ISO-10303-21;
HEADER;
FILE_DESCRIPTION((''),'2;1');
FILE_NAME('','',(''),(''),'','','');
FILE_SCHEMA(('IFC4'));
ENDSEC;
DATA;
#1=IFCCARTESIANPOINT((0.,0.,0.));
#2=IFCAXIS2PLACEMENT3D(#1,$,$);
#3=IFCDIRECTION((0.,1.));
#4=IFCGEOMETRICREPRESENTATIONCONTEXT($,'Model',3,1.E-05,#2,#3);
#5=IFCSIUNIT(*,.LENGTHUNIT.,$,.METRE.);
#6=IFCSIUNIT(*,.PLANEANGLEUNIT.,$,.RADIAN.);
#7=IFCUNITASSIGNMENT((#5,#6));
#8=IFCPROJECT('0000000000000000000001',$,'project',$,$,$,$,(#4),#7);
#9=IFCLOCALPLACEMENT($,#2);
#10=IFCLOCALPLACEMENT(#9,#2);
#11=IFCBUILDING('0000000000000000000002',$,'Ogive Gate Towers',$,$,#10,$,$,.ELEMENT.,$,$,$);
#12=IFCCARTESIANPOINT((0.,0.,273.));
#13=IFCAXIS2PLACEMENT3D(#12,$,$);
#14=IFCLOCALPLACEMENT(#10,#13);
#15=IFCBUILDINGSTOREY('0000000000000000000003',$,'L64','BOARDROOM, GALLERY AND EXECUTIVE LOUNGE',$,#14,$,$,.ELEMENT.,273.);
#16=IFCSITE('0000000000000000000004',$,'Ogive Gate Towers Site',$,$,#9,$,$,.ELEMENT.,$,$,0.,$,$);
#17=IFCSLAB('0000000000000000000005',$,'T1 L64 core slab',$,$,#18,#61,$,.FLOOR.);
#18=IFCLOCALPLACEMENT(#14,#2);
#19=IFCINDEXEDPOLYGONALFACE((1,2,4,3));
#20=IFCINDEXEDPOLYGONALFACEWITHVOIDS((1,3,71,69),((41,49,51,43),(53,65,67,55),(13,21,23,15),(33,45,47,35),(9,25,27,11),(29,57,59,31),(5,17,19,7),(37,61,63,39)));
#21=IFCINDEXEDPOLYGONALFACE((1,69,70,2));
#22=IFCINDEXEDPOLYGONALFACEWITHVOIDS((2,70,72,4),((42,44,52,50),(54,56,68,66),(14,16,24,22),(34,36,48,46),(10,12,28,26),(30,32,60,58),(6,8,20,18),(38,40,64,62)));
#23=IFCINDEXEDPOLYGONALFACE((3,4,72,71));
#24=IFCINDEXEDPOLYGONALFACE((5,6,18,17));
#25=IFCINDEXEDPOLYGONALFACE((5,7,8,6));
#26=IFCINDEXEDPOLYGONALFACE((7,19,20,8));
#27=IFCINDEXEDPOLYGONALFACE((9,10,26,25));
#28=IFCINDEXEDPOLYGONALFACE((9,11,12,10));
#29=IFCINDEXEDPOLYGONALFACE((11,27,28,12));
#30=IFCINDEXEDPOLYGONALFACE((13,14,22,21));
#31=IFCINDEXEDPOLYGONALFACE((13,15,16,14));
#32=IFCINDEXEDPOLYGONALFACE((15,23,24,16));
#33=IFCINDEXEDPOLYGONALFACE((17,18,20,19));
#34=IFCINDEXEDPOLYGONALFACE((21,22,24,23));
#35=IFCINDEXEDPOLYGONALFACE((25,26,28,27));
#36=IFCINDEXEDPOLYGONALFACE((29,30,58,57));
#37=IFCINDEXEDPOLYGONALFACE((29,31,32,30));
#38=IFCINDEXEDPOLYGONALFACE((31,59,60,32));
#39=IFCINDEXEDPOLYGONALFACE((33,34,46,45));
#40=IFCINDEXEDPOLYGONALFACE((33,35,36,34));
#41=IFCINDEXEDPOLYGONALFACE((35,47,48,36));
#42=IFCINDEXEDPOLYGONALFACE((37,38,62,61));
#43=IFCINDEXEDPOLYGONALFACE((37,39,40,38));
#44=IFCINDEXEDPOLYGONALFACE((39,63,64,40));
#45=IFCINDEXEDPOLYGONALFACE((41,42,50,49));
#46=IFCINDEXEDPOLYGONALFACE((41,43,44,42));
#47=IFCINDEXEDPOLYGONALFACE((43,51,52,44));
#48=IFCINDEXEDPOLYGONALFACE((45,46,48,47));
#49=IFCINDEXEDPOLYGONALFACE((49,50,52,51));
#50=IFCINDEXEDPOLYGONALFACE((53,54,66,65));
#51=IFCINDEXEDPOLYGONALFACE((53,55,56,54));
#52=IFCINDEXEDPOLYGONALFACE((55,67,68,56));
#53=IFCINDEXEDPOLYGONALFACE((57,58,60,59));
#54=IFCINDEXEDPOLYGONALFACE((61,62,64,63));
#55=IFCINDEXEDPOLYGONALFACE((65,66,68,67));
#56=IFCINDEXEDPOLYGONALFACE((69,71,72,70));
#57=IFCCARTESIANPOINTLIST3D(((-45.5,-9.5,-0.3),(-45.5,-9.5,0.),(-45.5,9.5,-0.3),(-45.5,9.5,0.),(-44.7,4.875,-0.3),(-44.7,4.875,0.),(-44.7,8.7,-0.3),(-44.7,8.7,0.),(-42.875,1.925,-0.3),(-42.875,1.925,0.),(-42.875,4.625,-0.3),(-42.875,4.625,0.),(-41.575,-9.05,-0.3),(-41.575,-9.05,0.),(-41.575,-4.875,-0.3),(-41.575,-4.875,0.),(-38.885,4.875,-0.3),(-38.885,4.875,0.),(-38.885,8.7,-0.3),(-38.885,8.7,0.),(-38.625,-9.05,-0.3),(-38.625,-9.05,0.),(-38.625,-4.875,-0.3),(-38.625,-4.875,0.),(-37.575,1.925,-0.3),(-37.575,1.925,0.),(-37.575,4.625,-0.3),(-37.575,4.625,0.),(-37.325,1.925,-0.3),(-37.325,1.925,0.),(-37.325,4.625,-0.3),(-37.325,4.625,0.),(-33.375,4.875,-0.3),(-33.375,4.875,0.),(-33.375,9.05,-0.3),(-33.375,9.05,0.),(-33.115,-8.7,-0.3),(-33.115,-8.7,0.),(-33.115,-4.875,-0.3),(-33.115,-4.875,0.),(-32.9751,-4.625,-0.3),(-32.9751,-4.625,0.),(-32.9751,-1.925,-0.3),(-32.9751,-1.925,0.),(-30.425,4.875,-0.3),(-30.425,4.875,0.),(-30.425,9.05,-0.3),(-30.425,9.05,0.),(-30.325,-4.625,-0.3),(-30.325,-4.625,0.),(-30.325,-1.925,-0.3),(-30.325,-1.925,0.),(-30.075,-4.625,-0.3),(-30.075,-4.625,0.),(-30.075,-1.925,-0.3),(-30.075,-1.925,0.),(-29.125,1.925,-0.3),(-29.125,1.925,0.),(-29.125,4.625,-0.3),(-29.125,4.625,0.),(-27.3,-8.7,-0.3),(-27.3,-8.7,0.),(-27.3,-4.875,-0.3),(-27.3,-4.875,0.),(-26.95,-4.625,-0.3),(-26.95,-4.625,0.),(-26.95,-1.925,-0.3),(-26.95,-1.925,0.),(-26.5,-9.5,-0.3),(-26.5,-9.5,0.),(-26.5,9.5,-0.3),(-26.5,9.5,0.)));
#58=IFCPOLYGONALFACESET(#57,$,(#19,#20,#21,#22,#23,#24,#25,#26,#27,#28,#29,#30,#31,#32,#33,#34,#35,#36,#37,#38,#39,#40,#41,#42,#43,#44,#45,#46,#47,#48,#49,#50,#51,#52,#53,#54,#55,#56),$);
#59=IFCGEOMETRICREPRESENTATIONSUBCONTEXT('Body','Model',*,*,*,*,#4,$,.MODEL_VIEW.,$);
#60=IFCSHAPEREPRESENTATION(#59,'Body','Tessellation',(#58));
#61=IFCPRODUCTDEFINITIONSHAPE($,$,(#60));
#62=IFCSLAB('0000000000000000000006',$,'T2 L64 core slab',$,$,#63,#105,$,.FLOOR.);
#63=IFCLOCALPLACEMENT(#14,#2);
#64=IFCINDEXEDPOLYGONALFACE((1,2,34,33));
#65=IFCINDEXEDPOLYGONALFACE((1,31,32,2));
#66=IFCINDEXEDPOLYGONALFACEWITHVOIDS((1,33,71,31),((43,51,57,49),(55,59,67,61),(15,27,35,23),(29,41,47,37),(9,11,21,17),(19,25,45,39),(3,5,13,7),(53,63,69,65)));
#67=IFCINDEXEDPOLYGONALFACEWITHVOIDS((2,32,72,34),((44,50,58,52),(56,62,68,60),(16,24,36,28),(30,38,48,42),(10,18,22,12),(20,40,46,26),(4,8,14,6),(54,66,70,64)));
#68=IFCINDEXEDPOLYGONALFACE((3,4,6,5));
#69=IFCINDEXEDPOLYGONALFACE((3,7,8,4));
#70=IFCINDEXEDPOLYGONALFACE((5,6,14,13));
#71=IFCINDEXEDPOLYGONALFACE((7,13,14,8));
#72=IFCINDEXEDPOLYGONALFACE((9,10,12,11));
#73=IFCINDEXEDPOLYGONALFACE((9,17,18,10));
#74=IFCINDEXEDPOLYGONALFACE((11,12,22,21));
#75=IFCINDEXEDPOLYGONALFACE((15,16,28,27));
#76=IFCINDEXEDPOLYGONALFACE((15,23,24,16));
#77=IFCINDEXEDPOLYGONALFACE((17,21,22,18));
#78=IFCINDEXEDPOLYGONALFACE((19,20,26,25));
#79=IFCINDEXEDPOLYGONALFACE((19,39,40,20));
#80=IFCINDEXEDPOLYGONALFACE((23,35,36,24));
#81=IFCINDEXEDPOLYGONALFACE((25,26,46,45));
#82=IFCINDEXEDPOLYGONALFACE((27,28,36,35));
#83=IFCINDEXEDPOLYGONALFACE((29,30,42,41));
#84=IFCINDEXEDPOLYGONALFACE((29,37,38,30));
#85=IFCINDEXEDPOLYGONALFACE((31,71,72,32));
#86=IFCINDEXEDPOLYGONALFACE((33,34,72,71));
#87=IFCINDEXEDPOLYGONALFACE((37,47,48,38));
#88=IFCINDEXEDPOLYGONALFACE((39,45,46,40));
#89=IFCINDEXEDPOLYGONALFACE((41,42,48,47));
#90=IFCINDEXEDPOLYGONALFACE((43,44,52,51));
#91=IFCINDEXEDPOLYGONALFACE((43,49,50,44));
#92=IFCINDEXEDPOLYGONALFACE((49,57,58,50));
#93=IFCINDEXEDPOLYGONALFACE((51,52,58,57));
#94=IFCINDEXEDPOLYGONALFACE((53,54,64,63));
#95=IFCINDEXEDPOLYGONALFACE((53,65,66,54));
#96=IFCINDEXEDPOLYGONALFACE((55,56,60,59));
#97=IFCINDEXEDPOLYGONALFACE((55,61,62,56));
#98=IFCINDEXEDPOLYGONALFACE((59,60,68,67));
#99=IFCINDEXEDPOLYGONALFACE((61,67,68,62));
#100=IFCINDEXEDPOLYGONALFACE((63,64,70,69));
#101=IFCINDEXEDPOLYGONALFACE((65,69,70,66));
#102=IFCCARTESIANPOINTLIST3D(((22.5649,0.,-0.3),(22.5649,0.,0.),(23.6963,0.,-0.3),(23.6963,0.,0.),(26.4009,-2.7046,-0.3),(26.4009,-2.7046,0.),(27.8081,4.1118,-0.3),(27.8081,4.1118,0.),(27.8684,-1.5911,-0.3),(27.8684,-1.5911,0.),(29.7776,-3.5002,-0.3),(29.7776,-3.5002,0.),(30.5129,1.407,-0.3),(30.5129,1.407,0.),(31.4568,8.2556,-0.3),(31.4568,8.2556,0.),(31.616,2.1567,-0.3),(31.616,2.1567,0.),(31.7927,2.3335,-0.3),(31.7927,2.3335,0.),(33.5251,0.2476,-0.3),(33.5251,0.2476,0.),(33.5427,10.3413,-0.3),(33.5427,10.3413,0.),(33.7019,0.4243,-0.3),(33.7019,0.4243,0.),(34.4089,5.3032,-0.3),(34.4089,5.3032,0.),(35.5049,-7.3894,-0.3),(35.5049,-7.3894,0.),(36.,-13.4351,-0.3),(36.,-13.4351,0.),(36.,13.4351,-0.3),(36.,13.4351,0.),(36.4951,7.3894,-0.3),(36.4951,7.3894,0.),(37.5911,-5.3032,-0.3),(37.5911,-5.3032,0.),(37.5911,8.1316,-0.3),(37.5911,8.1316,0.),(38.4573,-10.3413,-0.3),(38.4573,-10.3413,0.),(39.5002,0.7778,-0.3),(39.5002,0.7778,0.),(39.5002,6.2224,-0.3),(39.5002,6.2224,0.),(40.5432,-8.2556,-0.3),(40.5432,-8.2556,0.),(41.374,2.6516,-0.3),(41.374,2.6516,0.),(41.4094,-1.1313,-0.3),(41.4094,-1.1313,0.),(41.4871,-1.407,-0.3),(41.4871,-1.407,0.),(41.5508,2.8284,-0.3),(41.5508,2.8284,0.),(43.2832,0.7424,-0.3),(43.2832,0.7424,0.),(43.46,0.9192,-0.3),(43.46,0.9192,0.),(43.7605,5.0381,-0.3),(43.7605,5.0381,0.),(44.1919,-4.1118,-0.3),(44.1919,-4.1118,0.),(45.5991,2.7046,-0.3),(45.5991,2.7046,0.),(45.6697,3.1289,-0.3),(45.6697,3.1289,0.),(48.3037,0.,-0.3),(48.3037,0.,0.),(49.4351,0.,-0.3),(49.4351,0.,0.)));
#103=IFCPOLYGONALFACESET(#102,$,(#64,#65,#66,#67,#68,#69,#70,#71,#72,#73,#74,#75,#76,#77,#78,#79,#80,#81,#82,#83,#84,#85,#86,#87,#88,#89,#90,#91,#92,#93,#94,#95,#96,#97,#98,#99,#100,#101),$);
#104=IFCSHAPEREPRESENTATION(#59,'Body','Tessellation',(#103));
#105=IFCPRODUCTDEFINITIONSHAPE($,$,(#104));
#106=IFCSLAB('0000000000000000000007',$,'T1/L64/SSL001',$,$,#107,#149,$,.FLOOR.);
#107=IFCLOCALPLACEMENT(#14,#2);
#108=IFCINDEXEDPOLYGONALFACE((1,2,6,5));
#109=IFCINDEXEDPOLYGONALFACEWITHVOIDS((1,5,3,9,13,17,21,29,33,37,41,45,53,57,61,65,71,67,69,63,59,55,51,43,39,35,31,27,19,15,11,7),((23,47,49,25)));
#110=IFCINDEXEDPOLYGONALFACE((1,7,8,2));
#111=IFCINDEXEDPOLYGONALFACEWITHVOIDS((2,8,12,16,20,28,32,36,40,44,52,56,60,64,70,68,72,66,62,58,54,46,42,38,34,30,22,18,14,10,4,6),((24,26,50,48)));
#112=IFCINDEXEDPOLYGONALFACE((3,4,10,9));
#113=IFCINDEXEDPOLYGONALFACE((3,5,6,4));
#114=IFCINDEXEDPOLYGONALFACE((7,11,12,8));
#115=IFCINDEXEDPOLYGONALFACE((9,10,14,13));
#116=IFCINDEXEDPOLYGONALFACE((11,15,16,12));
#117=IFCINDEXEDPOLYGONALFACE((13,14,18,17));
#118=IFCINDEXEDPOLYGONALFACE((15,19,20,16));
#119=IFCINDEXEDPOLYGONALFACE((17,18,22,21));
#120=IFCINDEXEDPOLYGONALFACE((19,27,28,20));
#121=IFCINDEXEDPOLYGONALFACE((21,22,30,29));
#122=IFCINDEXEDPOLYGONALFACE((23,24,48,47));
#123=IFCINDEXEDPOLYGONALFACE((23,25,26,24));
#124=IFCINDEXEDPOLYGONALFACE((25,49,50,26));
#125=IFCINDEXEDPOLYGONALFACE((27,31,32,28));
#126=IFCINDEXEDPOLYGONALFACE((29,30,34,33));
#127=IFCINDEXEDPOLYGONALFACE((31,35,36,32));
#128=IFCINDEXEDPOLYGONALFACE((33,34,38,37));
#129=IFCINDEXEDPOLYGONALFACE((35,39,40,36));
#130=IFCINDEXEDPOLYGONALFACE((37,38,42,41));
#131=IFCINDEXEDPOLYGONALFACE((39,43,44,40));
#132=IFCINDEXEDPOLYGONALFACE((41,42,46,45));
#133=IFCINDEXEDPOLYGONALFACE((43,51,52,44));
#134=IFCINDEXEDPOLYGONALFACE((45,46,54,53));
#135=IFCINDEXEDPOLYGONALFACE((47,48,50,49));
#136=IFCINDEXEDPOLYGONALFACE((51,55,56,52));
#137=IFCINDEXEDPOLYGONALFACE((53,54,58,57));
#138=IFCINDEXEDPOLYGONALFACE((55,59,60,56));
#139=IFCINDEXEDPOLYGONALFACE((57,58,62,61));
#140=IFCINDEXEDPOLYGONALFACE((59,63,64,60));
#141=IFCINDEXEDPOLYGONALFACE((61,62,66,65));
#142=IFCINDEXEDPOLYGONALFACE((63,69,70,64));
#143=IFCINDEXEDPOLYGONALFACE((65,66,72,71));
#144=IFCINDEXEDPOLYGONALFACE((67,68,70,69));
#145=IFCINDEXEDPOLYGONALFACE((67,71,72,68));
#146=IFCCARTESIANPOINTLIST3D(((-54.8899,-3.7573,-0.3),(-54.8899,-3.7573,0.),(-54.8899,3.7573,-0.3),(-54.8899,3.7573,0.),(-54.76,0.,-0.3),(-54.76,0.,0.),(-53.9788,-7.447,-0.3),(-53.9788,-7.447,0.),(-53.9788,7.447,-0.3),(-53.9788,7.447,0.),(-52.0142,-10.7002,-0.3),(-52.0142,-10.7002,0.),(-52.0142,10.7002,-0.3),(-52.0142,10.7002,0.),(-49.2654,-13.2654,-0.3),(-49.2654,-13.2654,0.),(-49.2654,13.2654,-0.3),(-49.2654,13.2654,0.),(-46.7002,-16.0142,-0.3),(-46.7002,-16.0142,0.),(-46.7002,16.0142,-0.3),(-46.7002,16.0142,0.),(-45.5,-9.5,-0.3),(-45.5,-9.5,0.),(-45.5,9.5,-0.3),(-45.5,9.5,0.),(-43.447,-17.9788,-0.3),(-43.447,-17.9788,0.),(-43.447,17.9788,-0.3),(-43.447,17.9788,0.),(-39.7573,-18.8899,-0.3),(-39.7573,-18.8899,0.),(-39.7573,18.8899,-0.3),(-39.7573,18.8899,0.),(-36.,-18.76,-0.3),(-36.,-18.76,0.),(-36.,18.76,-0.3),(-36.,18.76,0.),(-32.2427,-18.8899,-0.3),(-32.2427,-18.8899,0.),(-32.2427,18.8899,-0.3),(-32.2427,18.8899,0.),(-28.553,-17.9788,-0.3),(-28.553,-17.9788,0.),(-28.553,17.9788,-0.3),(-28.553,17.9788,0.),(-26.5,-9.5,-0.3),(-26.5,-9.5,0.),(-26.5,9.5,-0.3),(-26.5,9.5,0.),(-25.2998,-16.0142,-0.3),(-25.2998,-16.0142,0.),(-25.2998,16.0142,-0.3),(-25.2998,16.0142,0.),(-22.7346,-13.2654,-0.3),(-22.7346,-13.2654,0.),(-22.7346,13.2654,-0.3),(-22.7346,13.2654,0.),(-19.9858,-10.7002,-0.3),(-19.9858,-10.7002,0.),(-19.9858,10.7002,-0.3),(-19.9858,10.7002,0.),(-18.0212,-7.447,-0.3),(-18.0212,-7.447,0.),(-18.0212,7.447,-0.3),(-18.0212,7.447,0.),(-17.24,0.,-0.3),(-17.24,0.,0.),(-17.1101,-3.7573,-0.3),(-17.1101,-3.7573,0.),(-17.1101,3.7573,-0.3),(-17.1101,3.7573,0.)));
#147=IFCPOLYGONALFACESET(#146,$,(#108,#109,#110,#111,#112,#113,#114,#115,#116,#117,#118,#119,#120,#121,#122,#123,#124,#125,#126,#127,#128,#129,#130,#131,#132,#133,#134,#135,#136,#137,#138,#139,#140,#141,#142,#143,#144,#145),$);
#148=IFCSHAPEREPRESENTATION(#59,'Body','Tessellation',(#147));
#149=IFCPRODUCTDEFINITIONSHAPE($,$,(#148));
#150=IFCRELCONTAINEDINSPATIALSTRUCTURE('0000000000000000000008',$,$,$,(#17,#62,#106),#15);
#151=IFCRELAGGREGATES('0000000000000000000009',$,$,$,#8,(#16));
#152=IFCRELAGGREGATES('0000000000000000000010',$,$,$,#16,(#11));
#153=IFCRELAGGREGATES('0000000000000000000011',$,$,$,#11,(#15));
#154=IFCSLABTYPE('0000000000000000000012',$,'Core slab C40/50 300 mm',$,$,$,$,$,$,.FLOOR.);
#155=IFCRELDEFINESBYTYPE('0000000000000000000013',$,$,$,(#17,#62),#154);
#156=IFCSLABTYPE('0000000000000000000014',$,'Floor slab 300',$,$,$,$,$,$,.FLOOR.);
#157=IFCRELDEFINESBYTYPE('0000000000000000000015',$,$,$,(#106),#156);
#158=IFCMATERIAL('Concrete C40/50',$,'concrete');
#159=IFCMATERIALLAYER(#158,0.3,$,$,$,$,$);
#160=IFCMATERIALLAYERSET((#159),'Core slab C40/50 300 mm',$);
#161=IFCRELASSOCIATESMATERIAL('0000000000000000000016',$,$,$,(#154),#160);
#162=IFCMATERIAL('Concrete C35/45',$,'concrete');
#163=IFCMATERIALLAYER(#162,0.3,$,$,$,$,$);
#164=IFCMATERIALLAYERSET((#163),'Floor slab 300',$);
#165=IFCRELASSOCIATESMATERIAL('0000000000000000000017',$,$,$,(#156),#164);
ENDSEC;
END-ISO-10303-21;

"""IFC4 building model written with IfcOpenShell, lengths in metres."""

from ifc_helpers import new_model, si_unit, direction, frame, origin, place, context, subcontext, project, spatial, polyline, outline, extrude, material, layer, layer_set, type_object, element, save


model = new_model("IFC4")

# Units and contexts
model_context = context("Model", 3, precision=1e-05, world=origin(), true_north=direction((0.0, 1.0)))
body_context = subcontext(model_context, "Body", "Model", "MODEL_VIEW")
ifc_project = project(units=[si_unit("LENGTHUNIT", "METRE"), si_unit("PLANEANGLEUNIT", "RADIAN")], contexts=[model_context])

# Site, building, storey
site_placement = place(None, origin())
site = spatial("IfcSite", under=ifc_project, at=site_placement, Name="Ogive Gate Towers Site", CompositionType="ELEMENT", RefElevation=0.0)
building_placement = place(site_placement, origin())
building = spatial("IfcBuilding", under=site, at=building_placement, Name="Ogive Gate Towers", CompositionType="ELEMENT")
storey_placement = place(building_placement, frame((0.0, 0.0, 273.0)))
storey = spatial("IfcBuildingStorey", under=building, at=storey_placement, Name="L64", Description="BOARDROOM, GALLERY AND EXECUTIVE LOUNGE", CompositionType="ELEMENT", Elevation=273.0)

# Slabs
ifc_material_1 = material(Name="Concrete C40/50", Category="concrete")
ifc_layer_1 = layer(ifc_material_1, 0.3)
ifc_layer_set_1 = layer_set([ifc_layer_1], Name="Core slab C40/50 300 mm")
slab_type_1 = type_object("IfcSlabType", Name="Core slab C40/50 300 mm", PredefinedType="FLOOR", material=ifc_layer_set_1)
slab_1_placement = place(storey_placement, frame((0.0, 0.0, -0.3)))
element("IfcSlab", 1, at=slab_1_placement, inside=storey, type_object=slab_type_1, Name="T1 L64 core slab", PredefinedType="FLOOR", context=body_context, shape_type="SweptSolid", body=[
    extrude(outline(polyline([(-45.5, -9.5), (-45.5, 9.5), (-26.5, 9.5), (-26.5, -9.5), (-45.5, -9.5)]), holes=[polyline([(-42.875, 1.925), (-37.575, 1.925), (-37.575, 4.625), (-42.875, 4.625), (-42.875, 1.925)]), polyline([(-37.325, 4.625), (-37.325, 1.925), (-29.125, 1.925), (-29.125, 4.625), (-37.325, 4.625)]), polyline([(-30.325, -1.925), (-32.9751, -1.925), (-32.9751, -4.625), (-30.325, -4.625), (-30.325, -1.925)]), polyline([(-26.95, -4.625), (-26.95, -1.925), (-30.075, -1.925), (-30.075, -4.625), (-26.95, -4.625)]), polyline([(-33.375, 4.875), (-30.425, 4.875), (-30.425, 9.05), (-33.375, 9.05), (-33.375, 4.875)]), polyline([(-41.575, -4.875), (-41.575, -9.05), (-38.625, -9.05), (-38.625, -4.875), (-41.575, -4.875)]), polyline([(-44.7, 4.875), (-38.885, 4.875), (-38.885, 8.7), (-44.7, 8.7), (-44.7, 4.875)]), polyline([(-27.3, -8.7), (-27.3, -4.875), (-33.115, -4.875), (-33.115, -8.7), (-27.3, -8.7)])]), origin(), (0.0, 0.0, 1.0), 0.3),
])
slab_2_placement = place(storey_placement, frame((0.0, 0.0, -0.3)))
element("IfcSlab", 2, at=slab_2_placement, inside=storey, type_object=slab_type_1, Name="T2 L64 core slab", PredefinedType="FLOOR", context=body_context, shape_type="SweptSolid", body=[
    extrude(outline(polyline([(36.0, -13.4351), (22.5649, 0.0), (36.0, 13.4351), (49.4351, 0.0), (36.0, -13.4351)]), holes=[polyline([(29.7776, -3.5002), (33.5251, 0.2476), (31.616, 2.1567), (27.8684, -1.5911), (29.7776, -3.5002)]), polyline([(31.7927, 2.3335), (33.7019, 0.4243), (39.5002, 6.2224), (37.5911, 8.1316), (31.7927, 2.3335)]), polyline([(41.374, 2.6516), (39.5002, 0.7778), (41.4094, -1.1313), (43.2832, 0.7424), (41.374, 2.6516)]), polyline([(45.6697, 3.1289), (43.7605, 5.0381), (41.5508, 2.8284), (43.46, 0.9192), (45.6697, 3.1289)]), polyline([(34.4089, 5.3032), (36.4951, 7.3894), (33.5427, 10.3413), (31.4568, 8.2556), (34.4089, 5.3032)]), polyline([(35.5049, -7.3894), (38.4573, -10.3413), (40.5432, -8.2556), (37.5911, -5.3032), (35.5049, -7.3894)]), polyline([(26.4009, -2.7046), (30.5129, 1.407), (27.8081, 4.1118), (23.6963, 0.0), (26.4009, -2.7046)]), polyline([(48.3037, 0.0), (45.5991, 2.7046), (41.4871, -1.407), (44.1919, -4.1118), (48.3037, 0.0)])]), origin(), (0.0, 0.0, 1.0), 0.3),
])
ifc_material_2 = material(Name="Concrete C35/45", Category="concrete")
ifc_layer_2 = layer(ifc_material_2, 0.3)
ifc_layer_set_2 = layer_set([ifc_layer_2], Name="Floor slab 300")
slab_type_2 = type_object("IfcSlabType", Name="Floor slab 300", PredefinedType="FLOOR", material=ifc_layer_set_2)
slab_3_placement = place(storey_placement, frame((0.0, 0.0, -0.3)))
element("IfcSlab", 3, at=slab_3_placement, inside=storey, type_object=slab_type_2, Name="T1/L64/SSL001", PredefinedType="FLOOR", context=body_context, shape_type="SweptSolid", body=[
    extrude(outline(polyline([(-17.1101, -3.7573), (-17.24, 0.0), (-17.1101, 3.7573), (-18.0212, 7.447), (-19.9858, 10.7002), (-22.7346, 13.2654), (-25.2998, 16.0142), (-28.553, 17.9788), (-32.2427, 18.8899), (-36.0, 18.76), (-39.7573, 18.8899), (-43.447, 17.9788), (-46.7002, 16.0142), (-49.2654, 13.2654), (-52.0142, 10.7002), (-53.9788, 7.447), (-54.8899, 3.7573), (-54.76, 0.0), (-54.8899, -3.7573), (-53.9788, -7.447), (-52.0142, -10.7002), (-49.2654, -13.2654), (-46.7002, -16.0142), (-43.447, -17.9788), (-39.7573, -18.8899), (-36.0, -18.76), (-32.2427, -18.8899), (-28.553, -17.9788), (-25.2998, -16.0142), (-22.7346, -13.2654), (-19.9858, -10.7002), (-18.0212, -7.447), (-17.1101, -3.7573)]), holes=[polyline([(-26.5, -9.5), (-45.5, -9.5), (-45.5, 9.5), (-26.5, 9.5), (-26.5, -9.5)])]), origin(), (0.0, 0.0, 1.0), 0.3),
])

save(model, "model.ifc")
